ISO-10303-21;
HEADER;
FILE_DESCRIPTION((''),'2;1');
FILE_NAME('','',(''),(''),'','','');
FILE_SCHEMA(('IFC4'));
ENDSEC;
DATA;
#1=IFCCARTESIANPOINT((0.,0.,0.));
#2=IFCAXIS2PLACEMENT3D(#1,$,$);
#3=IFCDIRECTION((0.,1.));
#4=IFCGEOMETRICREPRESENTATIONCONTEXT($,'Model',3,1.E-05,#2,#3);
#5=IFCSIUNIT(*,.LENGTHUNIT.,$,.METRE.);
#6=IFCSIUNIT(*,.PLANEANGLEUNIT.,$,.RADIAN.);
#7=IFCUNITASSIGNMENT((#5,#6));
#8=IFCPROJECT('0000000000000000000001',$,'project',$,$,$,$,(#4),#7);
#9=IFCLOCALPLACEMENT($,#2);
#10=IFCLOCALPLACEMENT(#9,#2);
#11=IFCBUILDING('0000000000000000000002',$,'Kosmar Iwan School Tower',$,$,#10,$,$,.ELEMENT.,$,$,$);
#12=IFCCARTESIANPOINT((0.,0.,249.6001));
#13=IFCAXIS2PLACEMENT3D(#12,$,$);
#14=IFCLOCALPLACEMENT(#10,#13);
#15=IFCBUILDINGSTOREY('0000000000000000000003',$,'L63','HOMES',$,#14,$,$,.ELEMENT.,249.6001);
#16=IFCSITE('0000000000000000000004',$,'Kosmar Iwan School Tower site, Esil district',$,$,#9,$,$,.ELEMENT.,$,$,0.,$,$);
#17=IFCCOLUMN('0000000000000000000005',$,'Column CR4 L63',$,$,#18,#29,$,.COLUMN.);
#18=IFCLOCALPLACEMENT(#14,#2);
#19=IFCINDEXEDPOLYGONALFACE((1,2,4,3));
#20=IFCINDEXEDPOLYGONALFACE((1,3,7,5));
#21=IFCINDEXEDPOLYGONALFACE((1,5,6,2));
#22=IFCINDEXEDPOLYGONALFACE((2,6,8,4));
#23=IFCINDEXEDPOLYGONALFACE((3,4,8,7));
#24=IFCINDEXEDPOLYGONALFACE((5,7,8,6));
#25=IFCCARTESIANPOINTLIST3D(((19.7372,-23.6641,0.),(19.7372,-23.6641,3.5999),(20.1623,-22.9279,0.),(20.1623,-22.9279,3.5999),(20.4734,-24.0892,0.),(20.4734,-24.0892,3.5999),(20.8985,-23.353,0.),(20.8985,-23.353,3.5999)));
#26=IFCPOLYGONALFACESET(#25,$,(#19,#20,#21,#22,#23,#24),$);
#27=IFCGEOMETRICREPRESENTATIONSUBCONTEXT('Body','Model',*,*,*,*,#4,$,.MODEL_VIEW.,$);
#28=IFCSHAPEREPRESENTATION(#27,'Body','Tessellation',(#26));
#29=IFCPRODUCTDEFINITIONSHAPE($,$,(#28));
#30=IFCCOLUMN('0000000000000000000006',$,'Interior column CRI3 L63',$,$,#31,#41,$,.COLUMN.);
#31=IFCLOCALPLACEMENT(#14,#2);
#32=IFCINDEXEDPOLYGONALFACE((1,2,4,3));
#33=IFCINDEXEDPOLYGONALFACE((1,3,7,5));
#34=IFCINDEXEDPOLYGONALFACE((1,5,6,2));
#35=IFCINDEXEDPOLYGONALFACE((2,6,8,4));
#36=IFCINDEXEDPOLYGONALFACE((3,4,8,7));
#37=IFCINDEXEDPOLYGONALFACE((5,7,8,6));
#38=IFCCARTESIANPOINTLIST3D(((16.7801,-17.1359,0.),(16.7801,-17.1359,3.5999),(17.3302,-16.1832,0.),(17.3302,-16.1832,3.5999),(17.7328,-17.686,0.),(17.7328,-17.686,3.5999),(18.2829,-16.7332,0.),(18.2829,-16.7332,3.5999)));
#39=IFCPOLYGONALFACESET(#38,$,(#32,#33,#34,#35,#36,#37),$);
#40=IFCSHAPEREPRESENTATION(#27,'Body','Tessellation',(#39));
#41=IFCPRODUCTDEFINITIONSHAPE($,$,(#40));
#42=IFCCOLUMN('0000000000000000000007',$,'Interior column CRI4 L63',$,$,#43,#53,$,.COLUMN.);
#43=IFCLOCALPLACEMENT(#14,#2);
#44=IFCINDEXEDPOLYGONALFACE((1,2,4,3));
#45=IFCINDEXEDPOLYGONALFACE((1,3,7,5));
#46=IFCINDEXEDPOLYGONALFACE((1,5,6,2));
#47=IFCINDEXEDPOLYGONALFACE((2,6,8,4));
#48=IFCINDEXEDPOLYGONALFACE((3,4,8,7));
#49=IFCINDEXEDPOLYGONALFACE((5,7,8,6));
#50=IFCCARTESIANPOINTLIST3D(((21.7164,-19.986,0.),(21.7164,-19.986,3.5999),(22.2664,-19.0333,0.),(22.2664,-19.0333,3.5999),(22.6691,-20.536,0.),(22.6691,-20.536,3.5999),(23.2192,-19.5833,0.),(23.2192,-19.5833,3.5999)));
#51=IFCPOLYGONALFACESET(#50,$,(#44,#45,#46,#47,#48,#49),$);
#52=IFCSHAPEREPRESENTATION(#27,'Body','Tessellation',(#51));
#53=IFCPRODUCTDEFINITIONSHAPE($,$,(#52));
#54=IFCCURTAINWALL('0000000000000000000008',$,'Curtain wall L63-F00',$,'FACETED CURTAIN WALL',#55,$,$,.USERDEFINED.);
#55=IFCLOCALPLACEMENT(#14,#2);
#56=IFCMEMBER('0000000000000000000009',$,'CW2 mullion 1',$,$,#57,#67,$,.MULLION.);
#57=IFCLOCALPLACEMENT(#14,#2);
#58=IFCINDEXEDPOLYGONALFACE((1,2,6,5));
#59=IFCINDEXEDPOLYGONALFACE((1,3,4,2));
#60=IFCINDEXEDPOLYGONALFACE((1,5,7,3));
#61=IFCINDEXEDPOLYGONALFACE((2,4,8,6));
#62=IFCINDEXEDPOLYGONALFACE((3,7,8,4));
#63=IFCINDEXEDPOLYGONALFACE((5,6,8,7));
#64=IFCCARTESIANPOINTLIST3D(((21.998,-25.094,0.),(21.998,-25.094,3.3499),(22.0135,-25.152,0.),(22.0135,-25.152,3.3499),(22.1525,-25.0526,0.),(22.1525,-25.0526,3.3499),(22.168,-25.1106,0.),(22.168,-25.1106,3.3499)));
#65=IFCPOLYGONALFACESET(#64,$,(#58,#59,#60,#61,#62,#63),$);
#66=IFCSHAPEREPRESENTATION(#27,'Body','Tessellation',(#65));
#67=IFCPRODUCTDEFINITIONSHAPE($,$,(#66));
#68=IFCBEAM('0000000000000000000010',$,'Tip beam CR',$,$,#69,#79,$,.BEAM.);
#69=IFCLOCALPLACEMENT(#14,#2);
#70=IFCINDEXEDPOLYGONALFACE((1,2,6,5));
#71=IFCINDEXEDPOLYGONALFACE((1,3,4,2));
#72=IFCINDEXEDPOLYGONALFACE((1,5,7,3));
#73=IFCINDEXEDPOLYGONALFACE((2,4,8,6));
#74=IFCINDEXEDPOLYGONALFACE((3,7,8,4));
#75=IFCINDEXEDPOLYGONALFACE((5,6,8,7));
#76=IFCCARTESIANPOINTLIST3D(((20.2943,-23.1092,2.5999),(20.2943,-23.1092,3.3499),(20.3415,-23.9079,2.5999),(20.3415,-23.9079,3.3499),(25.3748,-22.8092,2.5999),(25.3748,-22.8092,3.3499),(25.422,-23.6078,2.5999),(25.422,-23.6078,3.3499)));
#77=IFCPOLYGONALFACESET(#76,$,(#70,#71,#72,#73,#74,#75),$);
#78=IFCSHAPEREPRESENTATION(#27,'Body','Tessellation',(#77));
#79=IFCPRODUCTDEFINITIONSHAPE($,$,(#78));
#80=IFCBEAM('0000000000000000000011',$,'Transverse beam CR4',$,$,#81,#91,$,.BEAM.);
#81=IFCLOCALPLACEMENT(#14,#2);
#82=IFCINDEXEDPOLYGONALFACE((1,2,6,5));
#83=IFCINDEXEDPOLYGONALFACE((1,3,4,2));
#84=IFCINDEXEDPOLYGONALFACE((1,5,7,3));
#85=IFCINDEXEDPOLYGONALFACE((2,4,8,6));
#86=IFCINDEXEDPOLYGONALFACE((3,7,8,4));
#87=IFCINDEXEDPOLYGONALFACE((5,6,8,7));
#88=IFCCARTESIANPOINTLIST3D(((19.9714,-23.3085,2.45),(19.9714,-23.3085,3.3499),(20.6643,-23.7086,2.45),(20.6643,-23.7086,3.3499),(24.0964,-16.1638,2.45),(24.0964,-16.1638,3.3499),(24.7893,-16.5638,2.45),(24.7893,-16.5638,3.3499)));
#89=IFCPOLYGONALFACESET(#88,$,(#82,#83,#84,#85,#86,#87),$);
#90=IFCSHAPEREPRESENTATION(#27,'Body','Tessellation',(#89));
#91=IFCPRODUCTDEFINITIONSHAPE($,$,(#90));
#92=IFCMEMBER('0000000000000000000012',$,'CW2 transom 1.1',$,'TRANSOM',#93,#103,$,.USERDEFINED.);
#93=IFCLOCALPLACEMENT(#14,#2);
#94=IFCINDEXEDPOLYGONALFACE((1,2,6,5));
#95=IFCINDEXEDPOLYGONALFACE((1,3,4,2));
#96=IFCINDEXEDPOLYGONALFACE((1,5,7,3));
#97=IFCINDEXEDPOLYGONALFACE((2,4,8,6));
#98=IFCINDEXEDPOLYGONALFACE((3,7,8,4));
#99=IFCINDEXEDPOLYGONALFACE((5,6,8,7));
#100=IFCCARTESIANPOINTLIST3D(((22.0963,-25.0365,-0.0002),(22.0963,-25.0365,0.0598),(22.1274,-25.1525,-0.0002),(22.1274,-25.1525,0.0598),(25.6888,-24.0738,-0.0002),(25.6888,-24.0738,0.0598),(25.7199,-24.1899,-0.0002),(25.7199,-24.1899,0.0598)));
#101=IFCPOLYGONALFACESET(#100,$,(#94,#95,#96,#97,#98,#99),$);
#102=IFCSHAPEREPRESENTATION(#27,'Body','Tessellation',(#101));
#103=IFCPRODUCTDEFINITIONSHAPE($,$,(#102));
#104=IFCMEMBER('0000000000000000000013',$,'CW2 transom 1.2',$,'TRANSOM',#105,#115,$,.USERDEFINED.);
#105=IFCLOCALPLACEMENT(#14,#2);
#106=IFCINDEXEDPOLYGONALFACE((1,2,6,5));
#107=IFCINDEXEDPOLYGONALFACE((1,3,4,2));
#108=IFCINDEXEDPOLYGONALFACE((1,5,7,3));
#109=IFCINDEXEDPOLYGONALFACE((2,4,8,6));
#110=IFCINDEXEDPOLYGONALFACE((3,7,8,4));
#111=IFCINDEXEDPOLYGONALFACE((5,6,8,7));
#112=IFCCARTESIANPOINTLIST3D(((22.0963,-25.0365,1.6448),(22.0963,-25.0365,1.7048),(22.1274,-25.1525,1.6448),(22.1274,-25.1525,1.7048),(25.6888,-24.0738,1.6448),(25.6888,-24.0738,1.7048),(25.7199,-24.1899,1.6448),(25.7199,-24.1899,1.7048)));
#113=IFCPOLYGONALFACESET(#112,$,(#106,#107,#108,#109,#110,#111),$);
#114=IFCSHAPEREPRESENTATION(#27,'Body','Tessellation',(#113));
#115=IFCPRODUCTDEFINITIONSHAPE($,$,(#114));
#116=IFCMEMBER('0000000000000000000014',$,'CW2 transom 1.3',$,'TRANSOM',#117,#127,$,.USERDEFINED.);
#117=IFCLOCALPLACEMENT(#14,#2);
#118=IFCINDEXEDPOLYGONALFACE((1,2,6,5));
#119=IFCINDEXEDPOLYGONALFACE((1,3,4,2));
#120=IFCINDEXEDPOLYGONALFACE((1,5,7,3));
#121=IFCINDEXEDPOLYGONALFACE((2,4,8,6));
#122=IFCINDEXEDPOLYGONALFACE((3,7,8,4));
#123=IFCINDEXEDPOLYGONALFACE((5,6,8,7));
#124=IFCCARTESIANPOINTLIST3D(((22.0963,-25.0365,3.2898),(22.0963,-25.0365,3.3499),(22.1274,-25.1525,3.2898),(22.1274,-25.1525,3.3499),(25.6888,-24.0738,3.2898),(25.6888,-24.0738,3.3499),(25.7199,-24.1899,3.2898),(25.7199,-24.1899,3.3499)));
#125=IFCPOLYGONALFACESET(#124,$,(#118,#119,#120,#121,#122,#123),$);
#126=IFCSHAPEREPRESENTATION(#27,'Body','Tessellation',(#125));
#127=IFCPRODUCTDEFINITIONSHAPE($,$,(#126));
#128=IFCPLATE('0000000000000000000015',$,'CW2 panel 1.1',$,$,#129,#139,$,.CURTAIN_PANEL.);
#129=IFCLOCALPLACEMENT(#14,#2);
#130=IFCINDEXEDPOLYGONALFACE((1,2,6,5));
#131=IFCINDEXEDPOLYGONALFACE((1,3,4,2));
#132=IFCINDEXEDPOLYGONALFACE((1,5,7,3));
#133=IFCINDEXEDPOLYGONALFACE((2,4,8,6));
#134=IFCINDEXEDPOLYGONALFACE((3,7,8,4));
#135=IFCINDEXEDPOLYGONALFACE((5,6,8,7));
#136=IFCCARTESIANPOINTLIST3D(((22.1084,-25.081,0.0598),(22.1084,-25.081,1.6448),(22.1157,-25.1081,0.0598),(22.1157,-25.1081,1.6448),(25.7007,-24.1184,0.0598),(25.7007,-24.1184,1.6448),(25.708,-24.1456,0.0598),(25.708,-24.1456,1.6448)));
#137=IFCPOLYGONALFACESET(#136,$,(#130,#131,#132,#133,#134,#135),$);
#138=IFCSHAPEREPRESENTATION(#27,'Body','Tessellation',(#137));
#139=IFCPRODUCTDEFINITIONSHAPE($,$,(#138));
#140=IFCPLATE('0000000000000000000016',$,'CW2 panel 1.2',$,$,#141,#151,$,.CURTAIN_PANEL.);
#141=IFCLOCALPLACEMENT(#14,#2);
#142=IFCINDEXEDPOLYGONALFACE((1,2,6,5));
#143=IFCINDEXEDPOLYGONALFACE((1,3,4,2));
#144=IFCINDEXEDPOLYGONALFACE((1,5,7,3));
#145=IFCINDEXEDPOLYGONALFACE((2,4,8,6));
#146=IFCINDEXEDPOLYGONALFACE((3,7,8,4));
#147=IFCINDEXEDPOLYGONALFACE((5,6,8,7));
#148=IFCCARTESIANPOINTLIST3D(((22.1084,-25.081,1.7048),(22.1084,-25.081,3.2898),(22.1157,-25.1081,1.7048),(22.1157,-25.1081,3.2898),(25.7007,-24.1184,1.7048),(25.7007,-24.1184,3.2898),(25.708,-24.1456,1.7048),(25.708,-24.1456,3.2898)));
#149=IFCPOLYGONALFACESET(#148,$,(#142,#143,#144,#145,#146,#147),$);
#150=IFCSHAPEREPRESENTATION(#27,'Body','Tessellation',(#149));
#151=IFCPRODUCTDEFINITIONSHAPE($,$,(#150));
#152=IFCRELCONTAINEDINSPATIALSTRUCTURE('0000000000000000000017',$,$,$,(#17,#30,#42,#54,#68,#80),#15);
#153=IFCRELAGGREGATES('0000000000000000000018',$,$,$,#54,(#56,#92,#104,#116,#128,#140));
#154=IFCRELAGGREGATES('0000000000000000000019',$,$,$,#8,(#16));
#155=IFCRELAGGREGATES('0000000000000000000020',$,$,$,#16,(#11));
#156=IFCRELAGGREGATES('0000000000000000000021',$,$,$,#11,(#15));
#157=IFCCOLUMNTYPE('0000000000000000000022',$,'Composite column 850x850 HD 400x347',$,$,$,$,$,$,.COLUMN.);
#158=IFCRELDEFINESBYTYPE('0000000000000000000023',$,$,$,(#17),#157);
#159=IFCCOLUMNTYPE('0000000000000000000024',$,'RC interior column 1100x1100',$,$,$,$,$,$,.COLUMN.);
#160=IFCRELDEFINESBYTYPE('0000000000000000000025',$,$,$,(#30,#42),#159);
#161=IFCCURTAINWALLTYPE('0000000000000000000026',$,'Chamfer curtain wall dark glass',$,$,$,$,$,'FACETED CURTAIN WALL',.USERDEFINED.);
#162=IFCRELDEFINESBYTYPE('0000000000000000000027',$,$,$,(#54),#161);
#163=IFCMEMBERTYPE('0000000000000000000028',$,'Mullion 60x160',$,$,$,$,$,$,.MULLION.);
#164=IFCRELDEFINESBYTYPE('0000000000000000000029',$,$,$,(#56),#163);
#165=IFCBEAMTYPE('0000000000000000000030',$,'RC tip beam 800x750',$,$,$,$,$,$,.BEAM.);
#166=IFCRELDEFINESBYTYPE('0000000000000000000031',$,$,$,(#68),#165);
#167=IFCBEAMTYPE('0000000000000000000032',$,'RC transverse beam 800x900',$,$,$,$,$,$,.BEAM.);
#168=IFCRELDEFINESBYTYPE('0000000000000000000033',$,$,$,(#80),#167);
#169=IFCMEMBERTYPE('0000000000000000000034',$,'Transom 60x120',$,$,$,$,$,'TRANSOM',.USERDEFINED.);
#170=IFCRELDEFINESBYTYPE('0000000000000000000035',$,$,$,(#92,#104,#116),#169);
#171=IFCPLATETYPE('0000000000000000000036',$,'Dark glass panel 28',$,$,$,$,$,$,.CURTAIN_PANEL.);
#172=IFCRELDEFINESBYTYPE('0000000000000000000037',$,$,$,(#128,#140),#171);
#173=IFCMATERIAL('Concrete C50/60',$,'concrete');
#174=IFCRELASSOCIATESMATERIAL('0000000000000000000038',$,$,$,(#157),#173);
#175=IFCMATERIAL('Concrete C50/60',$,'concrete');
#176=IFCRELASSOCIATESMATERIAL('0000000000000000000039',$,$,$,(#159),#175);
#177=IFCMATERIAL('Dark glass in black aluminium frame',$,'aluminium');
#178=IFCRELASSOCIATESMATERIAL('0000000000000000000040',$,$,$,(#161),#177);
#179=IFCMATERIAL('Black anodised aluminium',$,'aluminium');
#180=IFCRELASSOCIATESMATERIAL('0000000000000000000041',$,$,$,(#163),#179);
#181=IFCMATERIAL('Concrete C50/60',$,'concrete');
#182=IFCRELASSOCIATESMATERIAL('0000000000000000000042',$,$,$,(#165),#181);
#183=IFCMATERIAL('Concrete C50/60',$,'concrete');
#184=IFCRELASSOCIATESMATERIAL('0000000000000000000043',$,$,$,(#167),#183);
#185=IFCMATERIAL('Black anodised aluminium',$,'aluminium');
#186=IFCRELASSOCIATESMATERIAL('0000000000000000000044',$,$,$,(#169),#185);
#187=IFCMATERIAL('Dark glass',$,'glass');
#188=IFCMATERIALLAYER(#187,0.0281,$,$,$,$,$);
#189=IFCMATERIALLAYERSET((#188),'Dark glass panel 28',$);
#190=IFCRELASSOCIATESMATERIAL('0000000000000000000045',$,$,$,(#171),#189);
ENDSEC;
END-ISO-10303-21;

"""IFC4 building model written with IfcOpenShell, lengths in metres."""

from ifc_helpers import new_model, si_unit, direction, frame, origin, origin_2d, place, context, subcontext, project, spatial, rectangle, extrude, material, layer, layer_set, material_profile, profile_set, type_object, element, aggregate, save


model = new_model("IFC4")

# Units and contexts
model_context = context("Model", 3, precision=1e-05, world=origin(), true_north=direction((0.0, 1.0)))
body_context = subcontext(model_context, "Body", "Model", "MODEL_VIEW")
ifc_project = project(units=[si_unit("LENGTHUNIT", "METRE"), si_unit("PLANEANGLEUNIT", "RADIAN")], contexts=[model_context])

# Site, building, storey
site_placement = place(None, origin())
site = spatial("IfcSite", under=ifc_project, at=site_placement, Name="Kosmar Iwan School Tower site, Esil district", CompositionType="ELEMENT", RefElevation=0.0)
building_placement = place(site_placement, origin())
building = spatial("IfcBuilding", under=site, at=building_placement, Name="Kosmar Iwan School Tower", CompositionType="ELEMENT")
storey_placement = place(building_placement, frame((0.0, 0.0, 249.6001)))
storey = spatial("IfcBuildingStorey", under=building, at=storey_placement, Name="L63", Description="HOMES", CompositionType="ELEMENT", Elevation=249.6001)

# Columns
ifc_material_1 = material(Name="Concrete C50/60", Category="concrete")
ifc_material_profile_1 = material_profile(ifc_material_1, rectangle(XDim=0.8501, YDim=0.8501, at=origin_2d()), Name="RC 850x850 + HD 400x347")
ifc_profile_set_1 = profile_set([ifc_material_profile_1], Name="Concrete C50/60")
column_type_1 = type_object("IfcColumnType", Name="Composite column 850x850 HD 400x347", PredefinedType="COLUMN", material=ifc_profile_set_1)
column_placement = place(storey_placement, frame((20.3179, -23.5085, 0.0), z_axis=(0.0, 0.0, 1.0), x_axis=(0.866025, -0.5, 0.0)))
element("IfcColumn", 1, at=column_placement, inside=storey, type_object=column_type_1, Name="Column CR4 L63", PredefinedType="COLUMN", context=body_context, shape_type="SweptSolid", body=[
    extrude(rectangle(XDim=0.8501, YDim=0.8501, at=origin_2d()), origin(), (0.0, 0.0, 1.0), 3.5999),
])
ifc_material_2 = material(Name="Concrete C50/60", Category="concrete")
ifc_material_profile_2 = material_profile(ifc_material_2, rectangle(XDim=1.1001, YDim=1.1001, at=origin_2d()), Name="RC 1100x1100")
ifc_profile_set_2 = profile_set([ifc_material_profile_2], Name="Concrete C50/60")
column_type_2 = type_object("IfcColumnType", Name="RC interior column 1100x1100", PredefinedType="COLUMN", material=ifc_profile_set_2)
for number, where, z_axis, x_axis, name in (
    (2, (17.5315, -16.9346, 0.0), (0.0, 0.0, 1.0), (0.866025, -0.5, 0.0), "Interior column CRI3 L63"),
    (3, (22.4678, -19.7847, 0.0), (0.0, 0.0, 1.0), (0.866025, -0.5, 0.0), "Interior column CRI4 L63"),
):
    element("IfcColumn", number, at=place(storey_placement, frame(where, z_axis=z_axis, x_axis=x_axis)), inside=storey, type_object=column_type_2, Name=name, PredefinedType="COLUMN", context=body_context, shape_type="SweptSolid", body=[
        extrude(rectangle(XDim=1.1001, YDim=1.1001, at=origin_2d()), origin(), (0.0, 0.0, 1.0), 3.5999),
    ])

# Curtain wall, member
ifc_material_3 = material(Name="Dark glass in black aluminium frame", Category="aluminium")
curtain_wall_type = type_object("IfcCurtainWallType", Name="Chamfer curtain wall dark glass", ElementType="FACETED CURTAIN WALL", PredefinedType="USERDEFINED", material=ifc_material_3)
curtain_wall_placement = place(storey_placement, origin())
curtain_wall = element("IfcCurtainWall", 4, at=curtain_wall_placement, inside=storey, type_object=curtain_wall_type, Name="Curtain wall L63-F00", ObjectType="FACETED CURTAIN WALL", PredefinedType="USERDEFINED")
ifc_material_4 = material(Name="Black anodised aluminium", Category="aluminium")
ifc_material_profile_3 = material_profile(ifc_material_4, rectangle(XDim=0.0601, YDim=0.1599, at=origin_2d()), Name="MULLION 60x160")
ifc_profile_set_3 = profile_set([ifc_material_profile_3], Name="Black anodised aluminium")
member_type_1 = type_object("IfcMemberType", Name="Mullion 60x160", PredefinedType="MULLION", material=ifc_profile_set_3)
member_1_placement = place(storey_placement, frame((22.083, -25.1023, 0.0), z_axis=(0.0, 0.0, 1.0), x_axis=(-0.258819, 0.965926, 0.0)))
member_1 = element("IfcMember", 5, at=member_1_placement, type_object=member_type_1, Name="CW2 mullion 1", PredefinedType="MULLION", context=body_context, shape_type="SweptSolid", body=[
    extrude(rectangle(XDim=0.0601, YDim=0.1599, at=origin_2d()), origin(), (0.0, 0.0, 1.0), 3.3499),
])

# Beams
ifc_material_5 = material(Name="Concrete C50/60", Category="concrete")
ifc_material_profile_4 = material_profile(ifc_material_5, rectangle(XDim=0.8, YDim=0.75, at=origin_2d()), Name="RC 800x750")
ifc_profile_set_4 = profile_set([ifc_material_profile_4], Name="Concrete C50/60")
beam_type_1 = type_object("IfcBeamType", Name="RC tip beam 800x750", PredefinedType="BEAM", material=ifc_profile_set_4)
beam_1_placement = place(storey_placement, frame((20.3179, -23.5085, 2.9749), z_axis=(0.998261, 0.058955, 0.0), x_axis=(-0.058955, 0.998261, 0.0)))
element("IfcBeam", 6, at=beam_1_placement, inside=storey, type_object=beam_type_1, Name="Tip beam CR", PredefinedType="BEAM", context=body_context, shape_type="SweptSolid", body=[
    extrude(rectangle(XDim=0.8, YDim=0.75, at=origin_2d()), origin(), (0.0, 0.0, 1.0), 5.0894),
])
ifc_material_6 = material(Name="Concrete C50/60", Category="concrete")
ifc_material_profile_5 = material_profile(ifc_material_6, rectangle(XDim=0.8, YDim=0.8999, at=origin_2d()), Name="RC 800x900")
ifc_profile_set_5 = profile_set([ifc_material_profile_5], Name="Concrete C50/60")
beam_type_2 = type_object("IfcBeamType", Name="RC transverse beam 800x900", PredefinedType="BEAM", material=ifc_profile_set_5)
beam_2_placement = place(storey_placement, frame((20.3179, -23.5085, 2.8999), z_axis=(0.499997, 0.866027, 0.0), x_axis=(-0.866027, 0.499997, 0.0)))
element("IfcBeam", 7, at=beam_2_placement, inside=storey, type_object=beam_type_2, Name="Transverse beam CR4", PredefinedType="BEAM", context=body_context, shape_type="SweptSolid", body=[
    extrude(rectangle(XDim=0.8, YDim=0.8999, at=origin_2d()), origin(), (0.0, 0.0, 1.0), 8.25),
])

# Members
ifc_material_7 = material(Name="Black anodised aluminium", Category="aluminium")
ifc_material_profile_6 = material_profile(ifc_material_7, rectangle(XDim=0.1201, YDim=0.0601, at=origin_2d()), Name="TRANSOM 60x120")
ifc_profile_set_6 = profile_set([ifc_material_profile_6], Name="Black anodised aluminium")
member_type_2 = type_object("IfcMemberType", Name="Transom 60x120", ElementType="TRANSOM", PredefinedType="USERDEFINED", material=ifc_profile_set_6)
member_2_placement = place(storey_placement, frame((22.1118, -25.0945, 0.0298), z_axis=(0.965924, 0.258827, 0.0), x_axis=(-0.258827, 0.965924, 0.0)))
member_2 = element("IfcMember", 8, at=member_2_placement, type_object=member_type_2, Name="CW2 transom 1.1", ObjectType="TRANSOM", PredefinedType="USERDEFINED", context=body_context, shape_type="SweptSolid", body=[
    extrude(rectangle(XDim=0.1201, YDim=0.0601, at=origin_2d()), origin(), (0.0, 0.0, 1.0), 3.7192),
])
member_3_placement = place(storey_placement, frame((22.1118, -25.0945, 1.6748), z_axis=(0.965924, 0.258827, 0.0), x_axis=(-0.258827, 0.965924, 0.0)))
member_3 = element("IfcMember", 9, at=member_3_placement, type_object=member_type_2, Name="CW2 transom 1.2", ObjectType="TRANSOM", PredefinedType="USERDEFINED", context=body_context, shape_type="SweptSolid", body=[
    extrude(rectangle(XDim=0.1201, YDim=0.0601, at=origin_2d()), origin(), (0.0, 0.0, 1.0), 3.7192),
])
member_4_placement = place(storey_placement, frame((22.1118, -25.0945, 3.3198), z_axis=(0.965924, 0.258827, 0.0), x_axis=(-0.258827, 0.965924, 0.0)))
member_4 = element("IfcMember", 10, at=member_4_placement, type_object=member_type_2, Name="CW2 transom 1.3", ObjectType="TRANSOM", PredefinedType="USERDEFINED", context=body_context, shape_type="SweptSolid", body=[
    extrude(rectangle(XDim=0.1201, YDim=0.0601, at=origin_2d()), origin(), (0.0, 0.0, 1.0), 3.7192),
])

# Plates
ifc_material_8 = material(Name="Dark glass", Category="glass")
ifc_layer_1 = layer(ifc_material_8, 0.0281)
ifc_layer_set_1 = layer_set([ifc_layer_1], Name="Dark glass panel 28")
plate_type = type_object("IfcPlateType", Name="Dark glass panel 28", PredefinedType="CURTAIN_PANEL", material=ifc_layer_set_1)
plate_1_placement = place(storey_placement, frame((23.9082, -24.6133, 0.0598), z_axis=(0.0, 0.0, 1.0), x_axis=(0.965926, 0.258819, 0.0)))
plate_1 = element("IfcPlate", 11, at=plate_1_placement, type_object=plate_type, Name="CW2 panel 1.1", PredefinedType="CURTAIN_PANEL", context=body_context, shape_type="SweptSolid", body=[
    extrude(rectangle(XDim=3.719, YDim=0.0281, at=origin_2d()), origin(), (0.0, 0.0, 1.0), 1.585),
])
plate_2_placement = place(storey_placement, frame((23.9082, -24.6133, 1.7048), z_axis=(0.0, 0.0, 1.0), x_axis=(0.965926, 0.258819, 0.0)))
plate_2 = element("IfcPlate", 12, at=plate_2_placement, type_object=plate_type, Name="CW2 panel 1.2", PredefinedType="CURTAIN_PANEL", context=body_context, shape_type="SweptSolid", body=[
    extrude(rectangle(XDim=3.719, YDim=0.0281, at=origin_2d()), origin(), (0.0, 0.0, 1.0), 1.585),
])
aggregate(curtain_wall, [member_1, member_2, member_3, member_4, plate_1, plate_2])

save(model, "model.ifc")
